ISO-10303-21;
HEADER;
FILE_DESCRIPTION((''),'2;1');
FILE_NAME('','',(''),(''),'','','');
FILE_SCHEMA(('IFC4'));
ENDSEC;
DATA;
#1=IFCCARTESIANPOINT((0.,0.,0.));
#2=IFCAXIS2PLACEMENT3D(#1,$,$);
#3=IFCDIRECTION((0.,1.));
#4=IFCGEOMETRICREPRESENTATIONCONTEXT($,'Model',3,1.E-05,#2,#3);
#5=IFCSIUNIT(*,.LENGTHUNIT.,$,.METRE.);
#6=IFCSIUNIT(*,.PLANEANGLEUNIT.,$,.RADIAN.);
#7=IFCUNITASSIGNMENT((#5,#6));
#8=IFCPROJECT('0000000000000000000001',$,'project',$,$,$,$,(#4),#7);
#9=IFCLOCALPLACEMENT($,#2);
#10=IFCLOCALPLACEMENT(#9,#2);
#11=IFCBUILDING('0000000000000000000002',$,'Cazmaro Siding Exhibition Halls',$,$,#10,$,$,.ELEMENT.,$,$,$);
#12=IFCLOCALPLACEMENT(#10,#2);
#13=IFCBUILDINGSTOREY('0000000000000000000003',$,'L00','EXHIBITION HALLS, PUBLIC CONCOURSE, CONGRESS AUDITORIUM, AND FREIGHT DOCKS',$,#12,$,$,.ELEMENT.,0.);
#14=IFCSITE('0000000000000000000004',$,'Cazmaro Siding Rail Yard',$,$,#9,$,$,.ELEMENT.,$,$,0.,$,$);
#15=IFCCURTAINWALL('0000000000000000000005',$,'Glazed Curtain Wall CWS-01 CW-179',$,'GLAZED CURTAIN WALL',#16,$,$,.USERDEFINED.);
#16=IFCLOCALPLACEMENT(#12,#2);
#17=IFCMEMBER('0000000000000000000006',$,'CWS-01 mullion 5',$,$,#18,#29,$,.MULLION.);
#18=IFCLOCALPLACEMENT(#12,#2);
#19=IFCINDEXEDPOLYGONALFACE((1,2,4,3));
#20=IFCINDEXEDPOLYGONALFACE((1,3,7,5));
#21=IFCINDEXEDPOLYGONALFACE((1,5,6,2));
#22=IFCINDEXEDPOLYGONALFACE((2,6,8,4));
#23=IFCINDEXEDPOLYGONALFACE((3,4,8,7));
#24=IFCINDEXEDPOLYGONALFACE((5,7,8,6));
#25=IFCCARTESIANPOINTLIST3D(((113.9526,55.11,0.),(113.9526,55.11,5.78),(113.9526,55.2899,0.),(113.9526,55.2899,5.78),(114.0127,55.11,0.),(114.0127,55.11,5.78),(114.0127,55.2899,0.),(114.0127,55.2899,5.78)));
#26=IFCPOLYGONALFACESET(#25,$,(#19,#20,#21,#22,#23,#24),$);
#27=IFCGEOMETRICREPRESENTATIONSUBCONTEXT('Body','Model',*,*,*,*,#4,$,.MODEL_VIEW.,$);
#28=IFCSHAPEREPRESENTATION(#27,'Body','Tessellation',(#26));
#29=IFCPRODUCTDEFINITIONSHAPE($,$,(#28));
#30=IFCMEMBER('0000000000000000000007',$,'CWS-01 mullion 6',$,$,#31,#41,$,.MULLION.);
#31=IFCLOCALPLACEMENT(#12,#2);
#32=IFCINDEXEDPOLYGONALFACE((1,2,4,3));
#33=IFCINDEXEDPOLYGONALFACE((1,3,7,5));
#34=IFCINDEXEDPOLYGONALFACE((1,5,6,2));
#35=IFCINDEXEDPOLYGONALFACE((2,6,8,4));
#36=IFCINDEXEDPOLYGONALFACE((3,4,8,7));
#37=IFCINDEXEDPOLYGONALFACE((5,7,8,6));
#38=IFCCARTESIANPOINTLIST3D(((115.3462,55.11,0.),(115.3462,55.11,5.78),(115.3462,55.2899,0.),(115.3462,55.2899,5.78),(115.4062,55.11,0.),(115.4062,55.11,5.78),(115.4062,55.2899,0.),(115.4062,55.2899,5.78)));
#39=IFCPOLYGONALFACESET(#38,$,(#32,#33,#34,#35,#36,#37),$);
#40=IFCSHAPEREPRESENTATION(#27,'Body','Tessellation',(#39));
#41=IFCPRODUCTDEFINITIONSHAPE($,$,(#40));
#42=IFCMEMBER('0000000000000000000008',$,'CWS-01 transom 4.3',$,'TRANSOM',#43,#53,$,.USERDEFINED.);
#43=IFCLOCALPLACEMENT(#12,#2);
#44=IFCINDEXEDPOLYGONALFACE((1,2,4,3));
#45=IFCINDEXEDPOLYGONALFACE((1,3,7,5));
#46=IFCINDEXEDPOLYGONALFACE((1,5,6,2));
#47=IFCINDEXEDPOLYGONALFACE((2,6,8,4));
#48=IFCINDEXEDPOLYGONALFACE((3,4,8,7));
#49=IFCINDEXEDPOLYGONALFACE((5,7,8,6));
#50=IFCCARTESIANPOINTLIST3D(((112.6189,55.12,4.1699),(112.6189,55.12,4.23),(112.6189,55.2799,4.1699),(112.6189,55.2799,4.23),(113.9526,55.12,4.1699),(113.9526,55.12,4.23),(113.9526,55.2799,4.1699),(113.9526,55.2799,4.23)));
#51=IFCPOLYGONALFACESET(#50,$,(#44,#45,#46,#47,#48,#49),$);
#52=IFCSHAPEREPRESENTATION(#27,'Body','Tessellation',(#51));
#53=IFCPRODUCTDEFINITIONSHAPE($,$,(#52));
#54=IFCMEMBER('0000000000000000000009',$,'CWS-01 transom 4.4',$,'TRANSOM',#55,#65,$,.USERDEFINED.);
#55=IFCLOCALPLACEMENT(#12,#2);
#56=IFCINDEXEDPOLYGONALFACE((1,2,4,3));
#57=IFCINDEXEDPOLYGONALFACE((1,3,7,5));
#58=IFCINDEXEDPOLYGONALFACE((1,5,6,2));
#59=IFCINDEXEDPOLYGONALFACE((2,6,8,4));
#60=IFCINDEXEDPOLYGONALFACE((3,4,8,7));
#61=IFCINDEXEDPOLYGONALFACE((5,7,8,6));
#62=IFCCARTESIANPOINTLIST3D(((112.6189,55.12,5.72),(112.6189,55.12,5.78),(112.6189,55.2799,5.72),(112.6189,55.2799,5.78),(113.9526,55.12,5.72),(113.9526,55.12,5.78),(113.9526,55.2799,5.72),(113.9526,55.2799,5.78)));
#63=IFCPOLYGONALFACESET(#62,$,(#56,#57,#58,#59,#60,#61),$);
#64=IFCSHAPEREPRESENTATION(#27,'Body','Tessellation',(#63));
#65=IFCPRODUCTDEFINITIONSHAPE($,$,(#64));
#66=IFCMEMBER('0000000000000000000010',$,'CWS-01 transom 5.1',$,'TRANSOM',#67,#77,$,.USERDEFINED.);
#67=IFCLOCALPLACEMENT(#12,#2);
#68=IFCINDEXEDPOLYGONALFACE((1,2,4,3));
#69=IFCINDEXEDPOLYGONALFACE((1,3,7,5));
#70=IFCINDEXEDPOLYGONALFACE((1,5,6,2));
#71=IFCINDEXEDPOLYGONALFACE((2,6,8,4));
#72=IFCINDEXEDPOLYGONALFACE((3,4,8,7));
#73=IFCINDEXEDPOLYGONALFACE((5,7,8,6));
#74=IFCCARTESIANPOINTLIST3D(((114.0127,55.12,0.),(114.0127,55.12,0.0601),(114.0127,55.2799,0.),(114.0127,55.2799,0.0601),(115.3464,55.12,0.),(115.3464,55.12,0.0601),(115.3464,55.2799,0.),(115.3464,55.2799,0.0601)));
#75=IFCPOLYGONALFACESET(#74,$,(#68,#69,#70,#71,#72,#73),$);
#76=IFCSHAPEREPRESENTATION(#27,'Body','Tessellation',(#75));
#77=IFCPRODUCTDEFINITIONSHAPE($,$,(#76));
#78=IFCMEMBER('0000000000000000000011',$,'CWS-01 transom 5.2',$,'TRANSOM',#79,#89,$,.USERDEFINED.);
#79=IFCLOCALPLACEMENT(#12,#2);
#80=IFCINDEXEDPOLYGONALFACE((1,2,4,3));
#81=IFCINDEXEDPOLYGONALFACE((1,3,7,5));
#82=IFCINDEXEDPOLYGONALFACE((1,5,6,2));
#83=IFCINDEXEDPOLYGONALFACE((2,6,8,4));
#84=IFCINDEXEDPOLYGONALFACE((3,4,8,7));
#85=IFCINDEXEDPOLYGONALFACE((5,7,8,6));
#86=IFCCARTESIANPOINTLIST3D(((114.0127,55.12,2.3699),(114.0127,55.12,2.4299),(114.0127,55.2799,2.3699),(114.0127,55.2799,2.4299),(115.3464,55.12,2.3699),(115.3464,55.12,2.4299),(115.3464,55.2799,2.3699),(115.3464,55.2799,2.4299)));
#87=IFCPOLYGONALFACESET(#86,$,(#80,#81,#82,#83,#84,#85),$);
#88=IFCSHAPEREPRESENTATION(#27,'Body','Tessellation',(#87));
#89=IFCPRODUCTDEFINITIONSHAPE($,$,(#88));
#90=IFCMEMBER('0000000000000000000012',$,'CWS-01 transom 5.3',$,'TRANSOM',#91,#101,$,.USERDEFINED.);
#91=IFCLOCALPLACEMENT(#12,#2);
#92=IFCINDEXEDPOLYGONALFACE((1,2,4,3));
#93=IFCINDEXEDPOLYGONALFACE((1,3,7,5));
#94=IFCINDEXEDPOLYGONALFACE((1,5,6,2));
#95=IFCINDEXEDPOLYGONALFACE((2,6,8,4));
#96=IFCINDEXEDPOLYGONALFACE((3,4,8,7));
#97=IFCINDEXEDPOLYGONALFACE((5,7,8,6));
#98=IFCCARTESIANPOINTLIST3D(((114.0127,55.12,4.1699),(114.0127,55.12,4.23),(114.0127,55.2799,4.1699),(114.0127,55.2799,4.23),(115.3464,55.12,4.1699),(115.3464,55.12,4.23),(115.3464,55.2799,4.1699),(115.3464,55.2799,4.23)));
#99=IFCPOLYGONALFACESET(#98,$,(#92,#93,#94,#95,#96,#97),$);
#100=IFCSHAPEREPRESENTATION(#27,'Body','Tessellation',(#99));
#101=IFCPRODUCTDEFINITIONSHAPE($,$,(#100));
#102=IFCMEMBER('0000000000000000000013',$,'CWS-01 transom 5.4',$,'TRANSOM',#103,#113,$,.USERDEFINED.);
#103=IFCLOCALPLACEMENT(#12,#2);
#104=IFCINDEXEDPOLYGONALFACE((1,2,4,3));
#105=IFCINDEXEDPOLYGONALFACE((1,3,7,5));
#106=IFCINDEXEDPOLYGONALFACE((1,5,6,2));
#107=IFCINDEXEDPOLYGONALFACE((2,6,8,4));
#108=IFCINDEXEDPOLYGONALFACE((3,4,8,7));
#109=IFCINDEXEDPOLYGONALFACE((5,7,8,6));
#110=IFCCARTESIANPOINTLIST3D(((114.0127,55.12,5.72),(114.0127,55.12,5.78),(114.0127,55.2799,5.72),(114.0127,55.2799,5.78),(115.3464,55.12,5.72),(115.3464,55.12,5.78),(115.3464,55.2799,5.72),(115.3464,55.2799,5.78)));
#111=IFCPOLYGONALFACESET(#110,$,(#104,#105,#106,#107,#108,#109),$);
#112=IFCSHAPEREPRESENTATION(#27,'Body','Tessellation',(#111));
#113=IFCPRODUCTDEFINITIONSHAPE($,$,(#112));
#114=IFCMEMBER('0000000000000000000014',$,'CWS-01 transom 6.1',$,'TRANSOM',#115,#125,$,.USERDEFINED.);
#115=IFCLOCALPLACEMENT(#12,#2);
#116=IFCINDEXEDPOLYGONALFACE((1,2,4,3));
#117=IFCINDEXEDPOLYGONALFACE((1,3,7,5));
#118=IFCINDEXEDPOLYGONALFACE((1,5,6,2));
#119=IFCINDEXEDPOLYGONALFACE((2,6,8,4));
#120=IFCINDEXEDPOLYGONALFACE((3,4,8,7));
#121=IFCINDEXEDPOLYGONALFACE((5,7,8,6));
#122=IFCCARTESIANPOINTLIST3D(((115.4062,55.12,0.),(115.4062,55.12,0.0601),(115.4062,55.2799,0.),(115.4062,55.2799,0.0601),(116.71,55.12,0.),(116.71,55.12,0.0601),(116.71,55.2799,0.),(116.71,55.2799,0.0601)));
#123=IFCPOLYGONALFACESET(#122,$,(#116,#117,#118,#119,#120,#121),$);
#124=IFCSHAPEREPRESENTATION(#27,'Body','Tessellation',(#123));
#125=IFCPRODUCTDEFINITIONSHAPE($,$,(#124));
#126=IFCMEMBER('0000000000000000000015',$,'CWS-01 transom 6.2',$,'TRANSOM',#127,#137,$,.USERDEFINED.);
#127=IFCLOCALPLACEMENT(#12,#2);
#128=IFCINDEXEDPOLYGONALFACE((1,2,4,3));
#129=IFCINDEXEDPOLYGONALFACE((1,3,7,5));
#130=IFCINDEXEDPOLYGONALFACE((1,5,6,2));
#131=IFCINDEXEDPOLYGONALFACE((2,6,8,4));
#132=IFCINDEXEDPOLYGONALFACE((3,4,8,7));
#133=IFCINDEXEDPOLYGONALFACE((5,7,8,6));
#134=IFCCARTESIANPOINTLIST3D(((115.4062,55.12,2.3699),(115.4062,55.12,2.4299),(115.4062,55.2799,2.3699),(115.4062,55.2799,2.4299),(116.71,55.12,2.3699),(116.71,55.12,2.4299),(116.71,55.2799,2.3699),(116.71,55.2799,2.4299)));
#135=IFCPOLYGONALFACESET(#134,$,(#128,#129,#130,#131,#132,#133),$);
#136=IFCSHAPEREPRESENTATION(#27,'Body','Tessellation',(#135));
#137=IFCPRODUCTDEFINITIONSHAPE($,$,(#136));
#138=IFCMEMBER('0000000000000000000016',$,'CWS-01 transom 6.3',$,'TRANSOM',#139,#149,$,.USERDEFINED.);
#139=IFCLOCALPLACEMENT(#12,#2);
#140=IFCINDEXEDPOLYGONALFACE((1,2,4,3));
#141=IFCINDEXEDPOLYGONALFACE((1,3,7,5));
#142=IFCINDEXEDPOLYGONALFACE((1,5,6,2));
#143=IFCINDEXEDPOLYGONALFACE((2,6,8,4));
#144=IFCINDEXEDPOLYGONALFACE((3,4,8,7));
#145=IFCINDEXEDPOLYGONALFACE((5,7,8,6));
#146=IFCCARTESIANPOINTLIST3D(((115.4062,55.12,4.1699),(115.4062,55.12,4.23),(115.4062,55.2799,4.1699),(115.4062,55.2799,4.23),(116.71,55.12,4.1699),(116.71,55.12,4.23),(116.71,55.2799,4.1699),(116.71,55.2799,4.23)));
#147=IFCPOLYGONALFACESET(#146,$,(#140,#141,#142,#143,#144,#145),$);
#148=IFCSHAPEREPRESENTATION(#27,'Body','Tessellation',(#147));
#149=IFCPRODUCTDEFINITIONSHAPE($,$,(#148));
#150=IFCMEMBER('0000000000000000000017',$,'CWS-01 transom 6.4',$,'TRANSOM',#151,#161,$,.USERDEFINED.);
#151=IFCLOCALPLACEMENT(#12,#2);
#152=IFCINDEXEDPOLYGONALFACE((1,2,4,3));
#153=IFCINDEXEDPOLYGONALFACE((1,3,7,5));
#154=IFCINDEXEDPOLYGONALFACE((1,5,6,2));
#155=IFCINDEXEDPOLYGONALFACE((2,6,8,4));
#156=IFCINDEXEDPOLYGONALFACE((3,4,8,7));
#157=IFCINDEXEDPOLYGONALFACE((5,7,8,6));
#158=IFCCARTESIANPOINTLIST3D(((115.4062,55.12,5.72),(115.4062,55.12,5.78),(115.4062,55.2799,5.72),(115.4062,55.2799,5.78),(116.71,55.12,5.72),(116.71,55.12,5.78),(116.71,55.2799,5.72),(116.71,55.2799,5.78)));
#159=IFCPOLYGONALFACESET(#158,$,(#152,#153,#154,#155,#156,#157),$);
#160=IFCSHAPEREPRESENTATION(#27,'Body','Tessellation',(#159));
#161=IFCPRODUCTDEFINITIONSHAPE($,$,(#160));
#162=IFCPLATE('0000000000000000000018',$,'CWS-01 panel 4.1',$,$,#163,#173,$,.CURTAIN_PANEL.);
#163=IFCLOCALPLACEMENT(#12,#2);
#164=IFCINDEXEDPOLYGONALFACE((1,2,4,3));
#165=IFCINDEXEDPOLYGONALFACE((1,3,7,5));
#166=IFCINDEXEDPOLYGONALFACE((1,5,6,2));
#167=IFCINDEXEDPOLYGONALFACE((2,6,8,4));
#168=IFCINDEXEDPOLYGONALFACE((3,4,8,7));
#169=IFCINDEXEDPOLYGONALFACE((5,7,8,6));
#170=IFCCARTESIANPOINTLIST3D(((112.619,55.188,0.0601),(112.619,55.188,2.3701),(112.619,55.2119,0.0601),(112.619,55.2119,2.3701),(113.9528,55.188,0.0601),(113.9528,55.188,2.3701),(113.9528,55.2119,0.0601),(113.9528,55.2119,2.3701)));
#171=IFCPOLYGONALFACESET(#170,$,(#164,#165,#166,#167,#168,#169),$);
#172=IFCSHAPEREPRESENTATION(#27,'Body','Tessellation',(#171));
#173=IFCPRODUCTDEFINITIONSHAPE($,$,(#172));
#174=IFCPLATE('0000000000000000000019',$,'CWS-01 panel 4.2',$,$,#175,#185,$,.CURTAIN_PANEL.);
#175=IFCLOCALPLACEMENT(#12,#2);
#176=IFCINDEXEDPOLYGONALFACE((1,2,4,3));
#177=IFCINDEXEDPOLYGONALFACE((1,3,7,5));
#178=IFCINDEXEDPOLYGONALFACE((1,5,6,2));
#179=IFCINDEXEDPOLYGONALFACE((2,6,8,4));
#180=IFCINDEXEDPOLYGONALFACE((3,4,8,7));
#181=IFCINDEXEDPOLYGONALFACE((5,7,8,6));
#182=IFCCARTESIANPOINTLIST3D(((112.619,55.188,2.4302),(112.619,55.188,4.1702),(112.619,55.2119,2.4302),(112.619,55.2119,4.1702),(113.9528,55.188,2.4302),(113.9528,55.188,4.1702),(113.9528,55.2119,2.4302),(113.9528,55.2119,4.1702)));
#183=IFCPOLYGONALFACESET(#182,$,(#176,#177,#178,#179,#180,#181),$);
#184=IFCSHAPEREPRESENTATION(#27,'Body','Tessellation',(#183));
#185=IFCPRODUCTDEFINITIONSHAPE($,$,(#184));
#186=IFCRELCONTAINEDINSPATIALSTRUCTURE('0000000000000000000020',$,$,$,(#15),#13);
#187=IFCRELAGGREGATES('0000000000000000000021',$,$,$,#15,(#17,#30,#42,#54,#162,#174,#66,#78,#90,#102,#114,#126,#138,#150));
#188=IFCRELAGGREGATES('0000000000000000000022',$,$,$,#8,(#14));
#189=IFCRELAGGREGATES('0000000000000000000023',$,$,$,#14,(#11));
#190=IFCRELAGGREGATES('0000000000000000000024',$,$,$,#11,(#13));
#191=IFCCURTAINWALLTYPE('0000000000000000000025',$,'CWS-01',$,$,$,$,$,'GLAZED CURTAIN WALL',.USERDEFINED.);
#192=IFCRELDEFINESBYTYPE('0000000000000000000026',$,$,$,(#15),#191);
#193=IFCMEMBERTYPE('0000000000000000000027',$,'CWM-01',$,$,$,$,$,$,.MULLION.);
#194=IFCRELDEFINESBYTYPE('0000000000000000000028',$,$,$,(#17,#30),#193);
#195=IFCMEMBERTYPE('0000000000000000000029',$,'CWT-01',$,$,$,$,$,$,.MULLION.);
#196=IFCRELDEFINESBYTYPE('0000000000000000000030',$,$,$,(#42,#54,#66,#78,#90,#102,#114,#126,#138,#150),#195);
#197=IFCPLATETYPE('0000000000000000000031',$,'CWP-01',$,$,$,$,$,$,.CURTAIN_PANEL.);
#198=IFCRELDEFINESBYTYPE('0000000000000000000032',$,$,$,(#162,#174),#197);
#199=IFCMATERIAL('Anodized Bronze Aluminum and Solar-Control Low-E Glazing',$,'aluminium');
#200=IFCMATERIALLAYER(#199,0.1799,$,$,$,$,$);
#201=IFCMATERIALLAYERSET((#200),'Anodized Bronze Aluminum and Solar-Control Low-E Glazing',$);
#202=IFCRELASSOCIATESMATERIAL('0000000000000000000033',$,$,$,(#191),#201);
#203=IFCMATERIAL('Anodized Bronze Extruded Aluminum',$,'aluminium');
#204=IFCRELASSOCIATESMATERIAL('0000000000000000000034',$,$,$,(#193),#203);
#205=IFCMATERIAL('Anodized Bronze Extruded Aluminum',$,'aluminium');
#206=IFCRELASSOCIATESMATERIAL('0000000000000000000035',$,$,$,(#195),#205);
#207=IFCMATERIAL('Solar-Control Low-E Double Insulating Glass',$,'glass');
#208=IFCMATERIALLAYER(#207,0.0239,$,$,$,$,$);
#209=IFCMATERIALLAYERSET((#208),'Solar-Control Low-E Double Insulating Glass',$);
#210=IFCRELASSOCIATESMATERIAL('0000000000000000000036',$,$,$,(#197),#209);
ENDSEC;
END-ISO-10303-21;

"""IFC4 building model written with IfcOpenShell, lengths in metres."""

from ifc_helpers import new_model, si_unit, direction, frame, origin, origin_2d, place, context, subcontext, project, spatial, rectangle, extrude, material, layer, layer_set, material_profile, profile_set, type_object, element, aggregate, save


model = new_model("IFC4")

# Units and contexts
model_context = context("Model", 3, precision=1e-05, world=origin(), true_north=direction((0.0, 1.0)))
body_context = subcontext(model_context, "Body", "Model", "MODEL_VIEW")
ifc_project = project(units=[si_unit("LENGTHUNIT", "METRE"), si_unit("PLANEANGLEUNIT", "RADIAN")], contexts=[model_context])

# Site, building, storey
site_placement = place(None, origin())
site = spatial("IfcSite", under=ifc_project, at=site_placement, Name="Cazmaro Siding Rail Yard", CompositionType="ELEMENT", RefElevation=0.0)
building_placement = place(site_placement, origin())
building = spatial("IfcBuilding", under=site, at=building_placement, Name="Cazmaro Siding Exhibition Halls", CompositionType="ELEMENT")
storey_placement = place(building_placement, origin())
storey = spatial("IfcBuildingStorey", under=building, at=storey_placement, Name="L00", Description="EXHIBITION HALLS, PUBLIC CONCOURSE, CONGRESS AUDITORIUM, AND FREIGHT DOCKS", CompositionType="ELEMENT", Elevation=0.0)

# Curtain wall, members, plates
ifc_material_1 = material(Name="Anodized Bronze Aluminum and Solar-Control Low-E Glazing", Category="aluminium")
ifc_layer_1 = layer(ifc_material_1, 0.1799)
ifc_layer_set_1 = layer_set([ifc_layer_1], Name="Anodized Bronze Aluminum and Solar-Control Low-E Glazing")
curtain_wall_type = type_object("IfcCurtainWallType", Name="CWS-01", ElementType="GLAZED CURTAIN WALL", PredefinedType="USERDEFINED", material=ifc_layer_set_1)
curtain_wall_placement = place(storey_placement, origin())
curtain_wall = element("IfcCurtainWall", 1, at=curtain_wall_placement, inside=storey, type_object=curtain_wall_type, Name="Glazed Curtain Wall CWS-01 CW-179", ObjectType="GLAZED CURTAIN WALL", PredefinedType="USERDEFINED")
ifc_material_2 = material(Name="Anodized Bronze Extruded Aluminum", Category="aluminium")
ifc_material_profile_1 = material_profile(ifc_material_2, rectangle(XDim=0.1799, YDim=0.0601, at=origin_2d()), Name="CWM-01")
ifc_profile_set_1 = profile_set([ifc_material_profile_1], Name="Anodized Bronze Extruded Aluminum")
member_type_1 = type_object("IfcMemberType", Name="CWM-01", PredefinedType="MULLION", material=ifc_profile_set_1)
member_1_placement = place(storey_placement, frame((113.9827, 55.2, 0.0), z_axis=(0.0, 0.0, 1.0), x_axis=(0.0, 1.0, 0.0)))
member_1 = element("IfcMember", 2, at=member_1_placement, type_object=member_type_1, Name="CWS-01 mullion 5", PredefinedType="MULLION", context=body_context, shape_type="SweptSolid", body=[
    extrude(rectangle(XDim=0.1799, YDim=0.0601, at=origin_2d()), origin(), (0.0, 0.0, 1.0), 5.78),
])
member_2_placement = place(storey_placement, frame((115.3762, 55.2, 0.0), z_axis=(0.0, 0.0, 1.0), x_axis=(0.0, 1.0, 0.0)))
member_2 = element("IfcMember", 3, at=member_2_placement, type_object=member_type_1, Name="CWS-01 mullion 6", PredefinedType="MULLION", context=body_context, shape_type="SweptSolid", body=[
    extrude(rectangle(XDim=0.1799, YDim=0.0601, at=origin_2d()), origin(), (0.0, 0.0, 1.0), 5.78),
])
ifc_material_3 = material(Name="Anodized Bronze Extruded Aluminum", Category="aluminium")
ifc_material_profile_2 = material_profile(ifc_material_3, rectangle(XDim=0.1599, YDim=0.0601, at=origin_2d()), Name="CWT-01")
ifc_profile_set_2 = profile_set([ifc_material_profile_2], Name="Anodized Bronze Extruded Aluminum")
member_type_2 = type_object("IfcMemberType", Name="CWT-01", PredefinedType="MULLION", material=ifc_profile_set_2)
member_3_placement = place(storey_placement, frame((112.6189, 55.2, 4.2), z_axis=(1.0, 0.0, 0.0), x_axis=(0.0, 1.0, 0.0)))
member_3 = element("IfcMember", 4, at=member_3_placement, type_object=member_type_2, Name="CWS-01 transom 4.3", ObjectType="TRANSOM", PredefinedType="USERDEFINED", context=body_context, shape_type="SweptSolid", body=[
    extrude(rectangle(XDim=0.1599, YDim=0.0601, at=origin_2d()), origin(), (0.0, 0.0, 1.0), 1.3337),
])
member_4_placement = place(storey_placement, frame((112.6189, 55.2, 5.75), z_axis=(1.0, 0.0, 0.0), x_axis=(0.0, 1.0, 0.0)))
member_4 = element("IfcMember", 5, at=member_4_placement, type_object=member_type_2, Name="CWS-01 transom 4.4", ObjectType="TRANSOM", PredefinedType="USERDEFINED", context=body_context, shape_type="SweptSolid", body=[
    extrude(rectangle(XDim=0.1599, YDim=0.0601, at=origin_2d()), origin(), (0.0, 0.0, 1.0), 1.3337),
])
member_5_placement = place(storey_placement, frame((114.0127, 55.2, 0.03), z_axis=(1.0, 0.0, 0.0), x_axis=(0.0, 1.0, 0.0)))
member_5 = element("IfcMember", 6, at=member_5_placement, type_object=member_type_2, Name="CWS-01 transom 5.1", ObjectType="TRANSOM", PredefinedType="USERDEFINED", context=body_context, shape_type="SweptSolid", body=[
    extrude(rectangle(XDim=0.1599, YDim=0.0601, at=origin_2d()), origin(), (0.0, 0.0, 1.0), 1.3337),
])
member_6_placement = place(storey_placement, frame((114.0127, 55.2, 2.3999), z_axis=(1.0, 0.0, 0.0), x_axis=(0.0, 1.0, 0.0)))
member_6 = element("IfcMember", 7, at=member_6_placement, type_object=member_type_2, Name="CWS-01 transom 5.2", ObjectType="TRANSOM", PredefinedType="USERDEFINED", context=body_context, shape_type="SweptSolid", body=[
    extrude(rectangle(XDim=0.1599, YDim=0.0601, at=origin_2d()), origin(), (0.0, 0.0, 1.0), 1.3337),
])
member_7_placement = place(storey_placement, frame((114.0127, 55.2, 4.2), z_axis=(1.0, 0.0, 0.0), x_axis=(0.0, 1.0, 0.0)))
member_7 = element("IfcMember", 8, at=member_7_placement, type_object=member_type_2, Name="CWS-01 transom 5.3", ObjectType="TRANSOM", PredefinedType="USERDEFINED", context=body_context, shape_type="SweptSolid", body=[
    extrude(rectangle(XDim=0.1599, YDim=0.0601, at=origin_2d()), origin(), (0.0, 0.0, 1.0), 1.3337),
])
member_8_placement = place(storey_placement, frame((114.0127, 55.2, 5.75), z_axis=(1.0, 0.0, 0.0), x_axis=(0.0, 1.0, 0.0)))
member_8 = element("IfcMember", 9, at=member_8_placement, type_object=member_type_2, Name="CWS-01 transom 5.4", ObjectType="TRANSOM", PredefinedType="USERDEFINED", context=body_context, shape_type="SweptSolid", body=[
    extrude(rectangle(XDim=0.1599, YDim=0.0601, at=origin_2d()), origin(), (0.0, 0.0, 1.0), 1.3337),
])
member_9_placement = place(storey_placement, frame((115.4062, 55.2, 0.03), z_axis=(1.0, 0.0, 0.0), x_axis=(0.0, 1.0, 0.0)))
member_9 = element("IfcMember", 10, at=member_9_placement, type_object=member_type_2, Name="CWS-01 transom 6.1", ObjectType="TRANSOM", PredefinedType="USERDEFINED", context=body_context, shape_type="SweptSolid", body=[
    extrude(rectangle(XDim=0.1599, YDim=0.0601, at=origin_2d()), origin(), (0.0, 0.0, 1.0), 1.3037),
])
member_10_placement = place(storey_placement, frame((115.4062, 55.2, 2.3999), z_axis=(1.0, 0.0, 0.0), x_axis=(0.0, 1.0, 0.0)))
member_10 = element("IfcMember", 11, at=member_10_placement, type_object=member_type_2, Name="CWS-01 transom 6.2", ObjectType="TRANSOM", PredefinedType="USERDEFINED", context=body_context, shape_type="SweptSolid", body=[
    extrude(rectangle(XDim=0.1599, YDim=0.0601, at=origin_2d()), origin(), (0.0, 0.0, 1.0), 1.3037),
])
member_11_placement = place(storey_placement, frame((115.4062, 55.2, 4.2), z_axis=(1.0, 0.0, 0.0), x_axis=(0.0, 1.0, 0.0)))
member_11 = element("IfcMember", 12, at=member_11_placement, type_object=member_type_2, Name="CWS-01 transom 6.3", ObjectType="TRANSOM", PredefinedType="USERDEFINED", context=body_context, shape_type="SweptSolid", body=[
    extrude(rectangle(XDim=0.1599, YDim=0.0601, at=origin_2d()), origin(), (0.0, 0.0, 1.0), 1.3037),
])
member_12_placement = place(storey_placement, frame((115.4062, 55.2, 5.75), z_axis=(1.0, 0.0, 0.0), x_axis=(0.0, 1.0, 0.0)))
member_12 = element("IfcMember", 13, at=member_12_placement, type_object=member_type_2, Name="CWS-01 transom 6.4", ObjectType="TRANSOM", PredefinedType="USERDEFINED", context=body_context, shape_type="SweptSolid", body=[
    extrude(rectangle(XDim=0.1599, YDim=0.0601, at=origin_2d()), origin(), (0.0, 0.0, 1.0), 1.3037),
])
ifc_material_4 = material(Name="Solar-Control Low-E Double Insulating Glass", Category="glass")
ifc_layer_2 = layer(ifc_material_4, 0.0239)
ifc_layer_set_2 = layer_set([ifc_layer_2], Name="Solar-Control Low-E Double Insulating Glass")
plate_type = type_object("IfcPlateType", Name="CWP-01", PredefinedType="CURTAIN_PANEL", material=ifc_layer_set_2)
plate_1_placement = place(storey_placement, frame((113.2859, 55.2, 0.0601), z_axis=(0.0, 0.0, 1.0), x_axis=(1.0, 0.0, 0.0)))
plate_1 = element("IfcPlate", 14, at=plate_1_placement, type_object=plate_type, Name="CWS-01 panel 4.1", PredefinedType="CURTAIN_PANEL", context=body_context, shape_type="SweptSolid", body=[
    extrude(rectangle(XDim=1.3337, YDim=0.0239, at=origin_2d()), origin(), (0.0, 0.0, 1.0), 2.3101),
])
plate_2_placement = place(storey_placement, frame((113.2859, 55.2, 2.4302), z_axis=(0.0, 0.0, 1.0), x_axis=(1.0, 0.0, 0.0)))
plate_2 = element("IfcPlate", 15, at=plate_2_placement, type_object=plate_type, Name="CWS-01 panel 4.2", PredefinedType="CURTAIN_PANEL", context=body_context, shape_type="SweptSolid", body=[
    extrude(rectangle(XDim=1.3337, YDim=0.0239, at=origin_2d()), origin(), (0.0, 0.0, 1.0), 1.74),
])
aggregate(curtain_wall, [member_1, member_2, member_3, member_4, plate_1, plate_2, member_5, member_6, member_7, member_8, member_9, member_10, member_11, member_12])

save(model, "model.ifc")
